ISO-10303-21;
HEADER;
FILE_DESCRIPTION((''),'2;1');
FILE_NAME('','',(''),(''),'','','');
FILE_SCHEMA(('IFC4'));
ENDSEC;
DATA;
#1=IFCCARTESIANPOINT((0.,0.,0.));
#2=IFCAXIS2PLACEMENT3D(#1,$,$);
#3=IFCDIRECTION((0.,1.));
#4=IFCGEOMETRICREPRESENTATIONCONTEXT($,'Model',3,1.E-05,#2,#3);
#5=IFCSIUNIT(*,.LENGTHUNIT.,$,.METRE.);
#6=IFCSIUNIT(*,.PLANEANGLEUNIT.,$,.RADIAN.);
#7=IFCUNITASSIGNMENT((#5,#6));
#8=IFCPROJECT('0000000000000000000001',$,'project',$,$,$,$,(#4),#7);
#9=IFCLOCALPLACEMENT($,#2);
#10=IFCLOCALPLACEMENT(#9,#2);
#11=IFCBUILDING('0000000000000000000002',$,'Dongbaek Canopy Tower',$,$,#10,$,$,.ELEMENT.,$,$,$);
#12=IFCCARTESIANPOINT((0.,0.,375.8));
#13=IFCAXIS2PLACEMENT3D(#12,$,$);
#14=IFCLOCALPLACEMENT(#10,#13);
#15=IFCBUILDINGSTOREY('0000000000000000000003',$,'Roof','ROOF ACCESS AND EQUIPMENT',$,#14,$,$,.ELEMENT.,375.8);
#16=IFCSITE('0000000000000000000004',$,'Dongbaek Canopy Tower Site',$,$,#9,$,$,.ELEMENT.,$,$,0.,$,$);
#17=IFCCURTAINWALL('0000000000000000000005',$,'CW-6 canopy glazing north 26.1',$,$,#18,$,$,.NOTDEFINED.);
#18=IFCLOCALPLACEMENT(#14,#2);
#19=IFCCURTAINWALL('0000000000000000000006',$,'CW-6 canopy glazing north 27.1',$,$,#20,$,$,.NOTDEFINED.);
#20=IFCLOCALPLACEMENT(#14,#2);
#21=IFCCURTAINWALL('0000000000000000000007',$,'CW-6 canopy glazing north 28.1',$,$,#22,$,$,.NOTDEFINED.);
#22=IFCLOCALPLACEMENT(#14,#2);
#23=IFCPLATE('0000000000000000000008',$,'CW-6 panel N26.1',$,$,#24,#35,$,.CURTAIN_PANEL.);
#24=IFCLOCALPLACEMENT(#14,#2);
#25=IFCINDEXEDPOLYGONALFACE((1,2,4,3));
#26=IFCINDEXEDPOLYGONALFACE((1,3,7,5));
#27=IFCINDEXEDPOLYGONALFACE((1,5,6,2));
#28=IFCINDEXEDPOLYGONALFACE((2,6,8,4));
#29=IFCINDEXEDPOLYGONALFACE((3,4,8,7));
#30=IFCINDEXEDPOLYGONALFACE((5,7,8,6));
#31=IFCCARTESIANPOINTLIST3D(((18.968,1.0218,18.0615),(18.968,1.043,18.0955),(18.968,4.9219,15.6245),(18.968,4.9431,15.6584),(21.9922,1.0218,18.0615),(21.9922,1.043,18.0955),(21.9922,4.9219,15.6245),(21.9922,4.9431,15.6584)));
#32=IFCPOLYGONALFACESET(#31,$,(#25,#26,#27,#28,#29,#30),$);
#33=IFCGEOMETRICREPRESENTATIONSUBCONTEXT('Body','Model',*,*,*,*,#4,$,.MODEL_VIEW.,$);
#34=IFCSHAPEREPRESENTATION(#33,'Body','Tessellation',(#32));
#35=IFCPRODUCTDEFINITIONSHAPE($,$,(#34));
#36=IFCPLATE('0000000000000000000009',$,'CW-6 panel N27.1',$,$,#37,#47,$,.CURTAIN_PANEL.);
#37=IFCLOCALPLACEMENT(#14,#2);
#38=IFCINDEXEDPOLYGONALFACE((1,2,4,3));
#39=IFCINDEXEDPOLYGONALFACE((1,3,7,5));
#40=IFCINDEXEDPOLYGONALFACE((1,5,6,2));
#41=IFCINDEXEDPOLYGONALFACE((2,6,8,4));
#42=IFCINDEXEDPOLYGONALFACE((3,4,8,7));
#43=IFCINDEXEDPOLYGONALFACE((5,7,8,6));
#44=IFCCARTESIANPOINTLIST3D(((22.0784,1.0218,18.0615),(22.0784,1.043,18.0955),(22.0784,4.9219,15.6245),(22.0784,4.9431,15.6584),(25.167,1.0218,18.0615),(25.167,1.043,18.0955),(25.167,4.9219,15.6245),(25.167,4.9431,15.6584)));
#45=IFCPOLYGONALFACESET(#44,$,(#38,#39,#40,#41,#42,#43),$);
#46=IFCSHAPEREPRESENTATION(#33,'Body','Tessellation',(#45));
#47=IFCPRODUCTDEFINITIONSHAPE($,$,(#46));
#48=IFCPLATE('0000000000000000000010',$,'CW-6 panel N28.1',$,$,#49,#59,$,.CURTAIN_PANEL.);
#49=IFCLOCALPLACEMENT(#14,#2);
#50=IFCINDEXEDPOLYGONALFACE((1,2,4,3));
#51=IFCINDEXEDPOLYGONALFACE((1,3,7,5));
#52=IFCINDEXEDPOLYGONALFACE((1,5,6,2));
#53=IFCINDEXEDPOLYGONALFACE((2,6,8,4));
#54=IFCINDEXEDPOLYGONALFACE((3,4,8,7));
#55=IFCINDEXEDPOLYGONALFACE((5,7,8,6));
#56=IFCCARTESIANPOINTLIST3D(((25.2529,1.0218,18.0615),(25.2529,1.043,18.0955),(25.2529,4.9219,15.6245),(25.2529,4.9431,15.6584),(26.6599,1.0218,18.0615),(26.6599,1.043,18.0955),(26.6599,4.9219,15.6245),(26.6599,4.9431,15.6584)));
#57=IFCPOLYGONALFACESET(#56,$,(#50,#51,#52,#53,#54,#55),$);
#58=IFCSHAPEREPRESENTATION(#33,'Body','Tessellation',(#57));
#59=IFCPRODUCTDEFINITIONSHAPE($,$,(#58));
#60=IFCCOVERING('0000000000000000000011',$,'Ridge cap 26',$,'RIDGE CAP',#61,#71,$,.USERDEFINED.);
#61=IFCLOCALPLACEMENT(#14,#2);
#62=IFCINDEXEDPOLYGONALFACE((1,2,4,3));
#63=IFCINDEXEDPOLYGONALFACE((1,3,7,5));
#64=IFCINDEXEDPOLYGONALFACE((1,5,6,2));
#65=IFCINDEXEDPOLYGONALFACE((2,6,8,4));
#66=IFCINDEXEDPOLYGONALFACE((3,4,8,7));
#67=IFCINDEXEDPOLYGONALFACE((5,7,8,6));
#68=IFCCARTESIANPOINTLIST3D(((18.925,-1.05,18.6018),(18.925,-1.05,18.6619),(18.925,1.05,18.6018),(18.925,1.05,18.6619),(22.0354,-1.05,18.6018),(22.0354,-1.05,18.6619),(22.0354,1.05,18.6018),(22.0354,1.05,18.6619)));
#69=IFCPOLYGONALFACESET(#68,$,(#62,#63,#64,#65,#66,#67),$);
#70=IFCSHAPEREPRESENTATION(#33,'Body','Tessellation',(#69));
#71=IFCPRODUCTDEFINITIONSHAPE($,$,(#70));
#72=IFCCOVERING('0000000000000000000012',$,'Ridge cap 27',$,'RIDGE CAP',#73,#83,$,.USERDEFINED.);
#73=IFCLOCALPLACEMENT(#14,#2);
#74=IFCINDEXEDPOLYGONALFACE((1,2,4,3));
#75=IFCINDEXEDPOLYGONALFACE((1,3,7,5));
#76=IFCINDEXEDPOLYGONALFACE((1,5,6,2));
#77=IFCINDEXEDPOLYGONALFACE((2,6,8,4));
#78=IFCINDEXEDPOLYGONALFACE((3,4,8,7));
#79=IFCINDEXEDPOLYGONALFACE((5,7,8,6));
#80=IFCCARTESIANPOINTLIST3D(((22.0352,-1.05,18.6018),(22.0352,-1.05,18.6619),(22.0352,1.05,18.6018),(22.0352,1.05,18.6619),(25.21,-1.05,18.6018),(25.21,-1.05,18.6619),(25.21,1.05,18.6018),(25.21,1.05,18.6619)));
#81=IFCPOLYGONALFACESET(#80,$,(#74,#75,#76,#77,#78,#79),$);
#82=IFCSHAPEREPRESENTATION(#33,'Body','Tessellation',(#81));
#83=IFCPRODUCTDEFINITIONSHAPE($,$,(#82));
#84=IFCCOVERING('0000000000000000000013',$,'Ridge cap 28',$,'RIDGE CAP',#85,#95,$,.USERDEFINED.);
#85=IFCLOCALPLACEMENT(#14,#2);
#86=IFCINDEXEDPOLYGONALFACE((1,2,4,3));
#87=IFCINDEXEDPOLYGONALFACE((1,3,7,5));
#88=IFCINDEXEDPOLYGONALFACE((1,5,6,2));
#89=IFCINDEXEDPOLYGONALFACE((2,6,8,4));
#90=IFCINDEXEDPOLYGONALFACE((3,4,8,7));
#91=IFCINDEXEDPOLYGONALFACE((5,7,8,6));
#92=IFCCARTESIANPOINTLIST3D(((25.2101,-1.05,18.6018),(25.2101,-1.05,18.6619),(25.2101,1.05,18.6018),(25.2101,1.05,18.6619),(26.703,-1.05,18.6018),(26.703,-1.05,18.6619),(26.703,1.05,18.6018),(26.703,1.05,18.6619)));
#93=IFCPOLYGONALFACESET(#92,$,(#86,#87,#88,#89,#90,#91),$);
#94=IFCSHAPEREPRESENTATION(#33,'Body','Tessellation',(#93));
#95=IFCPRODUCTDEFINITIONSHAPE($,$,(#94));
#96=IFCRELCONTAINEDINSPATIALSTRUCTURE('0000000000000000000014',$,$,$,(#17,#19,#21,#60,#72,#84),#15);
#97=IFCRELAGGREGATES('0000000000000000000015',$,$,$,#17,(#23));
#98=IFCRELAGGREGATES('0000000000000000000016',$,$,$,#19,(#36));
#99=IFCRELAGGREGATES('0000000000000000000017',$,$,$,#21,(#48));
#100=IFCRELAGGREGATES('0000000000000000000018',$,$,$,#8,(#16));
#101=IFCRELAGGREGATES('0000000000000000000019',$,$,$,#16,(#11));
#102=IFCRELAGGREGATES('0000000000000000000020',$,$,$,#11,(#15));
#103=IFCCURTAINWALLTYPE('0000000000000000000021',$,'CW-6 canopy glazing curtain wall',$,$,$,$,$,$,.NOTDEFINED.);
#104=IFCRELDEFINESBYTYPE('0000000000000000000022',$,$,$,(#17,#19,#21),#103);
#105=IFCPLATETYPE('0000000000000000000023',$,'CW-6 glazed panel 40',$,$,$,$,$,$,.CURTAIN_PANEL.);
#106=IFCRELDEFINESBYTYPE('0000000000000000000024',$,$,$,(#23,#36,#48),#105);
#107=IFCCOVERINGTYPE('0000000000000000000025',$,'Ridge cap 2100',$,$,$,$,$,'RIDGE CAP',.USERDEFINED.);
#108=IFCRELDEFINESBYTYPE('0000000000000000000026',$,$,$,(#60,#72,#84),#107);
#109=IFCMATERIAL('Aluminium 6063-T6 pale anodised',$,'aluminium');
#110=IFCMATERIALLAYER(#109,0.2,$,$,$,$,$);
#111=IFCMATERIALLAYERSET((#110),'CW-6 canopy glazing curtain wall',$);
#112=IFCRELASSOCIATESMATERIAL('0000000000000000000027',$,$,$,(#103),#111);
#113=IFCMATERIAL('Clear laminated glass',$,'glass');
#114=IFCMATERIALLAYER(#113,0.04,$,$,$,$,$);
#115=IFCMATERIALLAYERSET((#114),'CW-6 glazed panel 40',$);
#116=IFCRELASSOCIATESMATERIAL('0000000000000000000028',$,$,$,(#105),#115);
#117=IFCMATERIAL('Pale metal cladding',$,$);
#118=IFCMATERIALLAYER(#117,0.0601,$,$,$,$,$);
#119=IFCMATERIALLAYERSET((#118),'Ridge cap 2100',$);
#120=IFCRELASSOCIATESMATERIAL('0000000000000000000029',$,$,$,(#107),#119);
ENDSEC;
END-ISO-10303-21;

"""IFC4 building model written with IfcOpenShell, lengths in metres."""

from ifc_helpers import new_model, si_unit, direction, frame, origin, origin_2d, place, context, subcontext, project, spatial, polyline, rectangle, outline, extrude, material, layer, layer_set, type_object, element, aggregate, save


model = new_model("IFC4")

# Units and contexts
model_context = context("Model", 3, precision=1e-05, world=origin(), true_north=direction((0.0, 1.0)))
body_context = subcontext(model_context, "Body", "Model", "MODEL_VIEW")
ifc_project = project(units=[si_unit("LENGTHUNIT", "METRE"), si_unit("PLANEANGLEUNIT", "RADIAN")], contexts=[model_context])

# Site, building, storey
site_placement = place(None, origin())
site = spatial("IfcSite", under=ifc_project, at=site_placement, Name="Dongbaek Canopy Tower Site", CompositionType="ELEMENT", RefElevation=0.0)
building_placement = place(site_placement, origin())
building = spatial("IfcBuilding", under=site, at=building_placement, Name="Dongbaek Canopy Tower", CompositionType="ELEMENT")
storey_placement = place(building_placement, frame((0.0, 0.0, 375.8)))
storey = spatial("IfcBuildingStorey", under=building, at=storey_placement, Name="Roof", Description="ROOF ACCESS AND EQUIPMENT", CompositionType="ELEMENT", Elevation=375.8)

# Curtain walls
ifc_material_1 = material(Name="Aluminium 6063-T6 pale anodised", Category="aluminium")
ifc_layer_1 = layer(ifc_material_1, 0.2)
ifc_layer_set_1 = layer_set([ifc_layer_1], Name="CW-6 canopy glazing curtain wall")
curtain_wall_type = type_object("IfcCurtainWallType", Name="CW-6 canopy glazing curtain wall", PredefinedType="NOTDEFINED", material=ifc_layer_set_1)
curtain_wall_1_placement = place(storey_placement, origin())
curtain_wall_1 = element("IfcCurtainWall", 1, at=curtain_wall_1_placement, inside=storey, type_object=curtain_wall_type, Name="CW-6 canopy glazing north 26.1", PredefinedType="NOTDEFINED")
curtain_wall_2_placement = place(storey_placement, origin())
curtain_wall_2 = element("IfcCurtainWall", 2, at=curtain_wall_2_placement, inside=storey, type_object=curtain_wall_type, Name="CW-6 canopy glazing north 27.1", PredefinedType="NOTDEFINED")

# Curtain wall
curtain_wall_3_placement = place(storey_placement, origin())
curtain_wall_3 = element("IfcCurtainWall", 3, at=curtain_wall_3_placement, inside=storey, type_object=curtain_wall_type, Name="CW-6 canopy glazing north 28.1", PredefinedType="NOTDEFINED")

# Plates
ifc_material_2 = material(Name="Clear laminated glass", Category="glass")
ifc_layer_2 = layer(ifc_material_2, 0.04)
ifc_layer_set_2 = layer_set([ifc_layer_2], Name="CW-6 glazed panel 40")
plate_type = type_object("IfcPlateType", Name="CW-6 glazed panel 40", PredefinedType="CURTAIN_PANEL", material=ifc_layer_set_2)
plate_1_placement = place(storey_placement, frame((21.9922, 1.043, 18.0955), z_axis=(0.0, 0.529908, 0.848055), x_axis=(-1.0, 0.0, 0.0)))
plate_1 = element("IfcPlate", 4, at=plate_1_placement, type_object=plate_type, Name="CW-6 panel N26.1", PredefinedType="CURTAIN_PANEL", context=body_context, shape_type="SweptSolid", body=[
    extrude(outline(polyline([(0.0, 0.0), (3.0242, 0.0), (3.0242, -4.5989), (0.0, -4.5989), (0.0, 0.0)])), origin(), (0.0, 0.0, -1.0), 0.04),
])
aggregate(curtain_wall_1, [plate_1])
plate_2_placement = place(storey_placement, frame((25.167, 1.043, 18.0955), z_axis=(0.0, 0.529908, 0.848055), x_axis=(-1.0, 0.0, 0.0)))
plate_2 = element("IfcPlate", 5, at=plate_2_placement, type_object=plate_type, Name="CW-6 panel N27.1", PredefinedType="CURTAIN_PANEL", context=body_context, shape_type="SweptSolid", body=[
    extrude(outline(polyline([(0.0, 0.0), (3.0886, 0.0), (3.0886, -4.5989), (0.0, -4.5989), (0.0, 0.0)])), origin(), (0.0, 0.0, -1.0), 0.04),
])
aggregate(curtain_wall_2, [plate_2])
plate_3_placement = place(storey_placement, frame((26.6599, 1.043, 18.0955), z_axis=(0.0, 0.529908, 0.848055), x_axis=(-1.0, 0.0, 0.0)))
plate_3 = element("IfcPlate", 6, at=plate_3_placement, type_object=plate_type, Name="CW-6 panel N28.1", PredefinedType="CURTAIN_PANEL", context=body_context, shape_type="SweptSolid", body=[
    extrude(outline(polyline([(0.0, 0.0), (1.407, 0.0), (1.407, -4.5989), (0.0, -4.5989), (0.0, 0.0)])), origin(), (0.0, 0.0, -1.0), 0.04),
])
aggregate(curtain_wall_3, [plate_3])

# Coverings
ifc_material_3 = material(Name="Pale metal cladding")
ifc_layer_3 = layer(ifc_material_3, 0.0601)
ifc_layer_set_3 = layer_set([ifc_layer_3], Name="Ridge cap 2100")
covering_type = type_object("IfcCoveringType", Name="Ridge cap 2100", ElementType="RIDGE CAP", PredefinedType="USERDEFINED", material=ifc_layer_set_3)
covering_1_placement = place(storey_placement, frame((20.4802, 0.0, 18.6018), z_axis=(0.0, 0.0, 1.0), x_axis=(1.0, 0.0, 0.0)))
element("IfcCovering", 7, at=covering_1_placement, inside=storey, type_object=covering_type, Name="Ridge cap 26", ObjectType="RIDGE CAP", PredefinedType="USERDEFINED", context=body_context, shape_type="SweptSolid", body=[
    extrude(rectangle(XDim=3.1104, YDim=2.1001, at=origin_2d()), origin(), (0.0, 0.0, 1.0), 0.0601),
])
covering_2_placement = place(storey_placement, frame((23.6226, 0.0, 18.6018), z_axis=(0.0, 0.0, 1.0), x_axis=(1.0, 0.0, 0.0)))
element("IfcCovering", 8, at=covering_2_placement, inside=storey, type_object=covering_type, Name="Ridge cap 27", ObjectType="RIDGE CAP", PredefinedType="USERDEFINED", context=body_context, shape_type="SweptSolid", body=[
    extrude(rectangle(XDim=3.1748, YDim=2.1001, at=origin_2d()), origin(), (0.0, 0.0, 1.0), 0.0601),
])
covering_3_placement = place(storey_placement, frame((25.9565, 0.0, 18.6018), z_axis=(0.0, 0.0, 1.0), x_axis=(1.0, 0.0, 0.0)))
element("IfcCovering", 9, at=covering_3_placement, inside=storey, type_object=covering_type, Name="Ridge cap 28", ObjectType="RIDGE CAP", PredefinedType="USERDEFINED", context=body_context, shape_type="SweptSolid", body=[
    extrude(rectangle(XDim=1.4929, YDim=2.1001, at=origin_2d()), origin(), (0.0, 0.0, 1.0), 0.0601),
])

save(model, "model.ifc")
